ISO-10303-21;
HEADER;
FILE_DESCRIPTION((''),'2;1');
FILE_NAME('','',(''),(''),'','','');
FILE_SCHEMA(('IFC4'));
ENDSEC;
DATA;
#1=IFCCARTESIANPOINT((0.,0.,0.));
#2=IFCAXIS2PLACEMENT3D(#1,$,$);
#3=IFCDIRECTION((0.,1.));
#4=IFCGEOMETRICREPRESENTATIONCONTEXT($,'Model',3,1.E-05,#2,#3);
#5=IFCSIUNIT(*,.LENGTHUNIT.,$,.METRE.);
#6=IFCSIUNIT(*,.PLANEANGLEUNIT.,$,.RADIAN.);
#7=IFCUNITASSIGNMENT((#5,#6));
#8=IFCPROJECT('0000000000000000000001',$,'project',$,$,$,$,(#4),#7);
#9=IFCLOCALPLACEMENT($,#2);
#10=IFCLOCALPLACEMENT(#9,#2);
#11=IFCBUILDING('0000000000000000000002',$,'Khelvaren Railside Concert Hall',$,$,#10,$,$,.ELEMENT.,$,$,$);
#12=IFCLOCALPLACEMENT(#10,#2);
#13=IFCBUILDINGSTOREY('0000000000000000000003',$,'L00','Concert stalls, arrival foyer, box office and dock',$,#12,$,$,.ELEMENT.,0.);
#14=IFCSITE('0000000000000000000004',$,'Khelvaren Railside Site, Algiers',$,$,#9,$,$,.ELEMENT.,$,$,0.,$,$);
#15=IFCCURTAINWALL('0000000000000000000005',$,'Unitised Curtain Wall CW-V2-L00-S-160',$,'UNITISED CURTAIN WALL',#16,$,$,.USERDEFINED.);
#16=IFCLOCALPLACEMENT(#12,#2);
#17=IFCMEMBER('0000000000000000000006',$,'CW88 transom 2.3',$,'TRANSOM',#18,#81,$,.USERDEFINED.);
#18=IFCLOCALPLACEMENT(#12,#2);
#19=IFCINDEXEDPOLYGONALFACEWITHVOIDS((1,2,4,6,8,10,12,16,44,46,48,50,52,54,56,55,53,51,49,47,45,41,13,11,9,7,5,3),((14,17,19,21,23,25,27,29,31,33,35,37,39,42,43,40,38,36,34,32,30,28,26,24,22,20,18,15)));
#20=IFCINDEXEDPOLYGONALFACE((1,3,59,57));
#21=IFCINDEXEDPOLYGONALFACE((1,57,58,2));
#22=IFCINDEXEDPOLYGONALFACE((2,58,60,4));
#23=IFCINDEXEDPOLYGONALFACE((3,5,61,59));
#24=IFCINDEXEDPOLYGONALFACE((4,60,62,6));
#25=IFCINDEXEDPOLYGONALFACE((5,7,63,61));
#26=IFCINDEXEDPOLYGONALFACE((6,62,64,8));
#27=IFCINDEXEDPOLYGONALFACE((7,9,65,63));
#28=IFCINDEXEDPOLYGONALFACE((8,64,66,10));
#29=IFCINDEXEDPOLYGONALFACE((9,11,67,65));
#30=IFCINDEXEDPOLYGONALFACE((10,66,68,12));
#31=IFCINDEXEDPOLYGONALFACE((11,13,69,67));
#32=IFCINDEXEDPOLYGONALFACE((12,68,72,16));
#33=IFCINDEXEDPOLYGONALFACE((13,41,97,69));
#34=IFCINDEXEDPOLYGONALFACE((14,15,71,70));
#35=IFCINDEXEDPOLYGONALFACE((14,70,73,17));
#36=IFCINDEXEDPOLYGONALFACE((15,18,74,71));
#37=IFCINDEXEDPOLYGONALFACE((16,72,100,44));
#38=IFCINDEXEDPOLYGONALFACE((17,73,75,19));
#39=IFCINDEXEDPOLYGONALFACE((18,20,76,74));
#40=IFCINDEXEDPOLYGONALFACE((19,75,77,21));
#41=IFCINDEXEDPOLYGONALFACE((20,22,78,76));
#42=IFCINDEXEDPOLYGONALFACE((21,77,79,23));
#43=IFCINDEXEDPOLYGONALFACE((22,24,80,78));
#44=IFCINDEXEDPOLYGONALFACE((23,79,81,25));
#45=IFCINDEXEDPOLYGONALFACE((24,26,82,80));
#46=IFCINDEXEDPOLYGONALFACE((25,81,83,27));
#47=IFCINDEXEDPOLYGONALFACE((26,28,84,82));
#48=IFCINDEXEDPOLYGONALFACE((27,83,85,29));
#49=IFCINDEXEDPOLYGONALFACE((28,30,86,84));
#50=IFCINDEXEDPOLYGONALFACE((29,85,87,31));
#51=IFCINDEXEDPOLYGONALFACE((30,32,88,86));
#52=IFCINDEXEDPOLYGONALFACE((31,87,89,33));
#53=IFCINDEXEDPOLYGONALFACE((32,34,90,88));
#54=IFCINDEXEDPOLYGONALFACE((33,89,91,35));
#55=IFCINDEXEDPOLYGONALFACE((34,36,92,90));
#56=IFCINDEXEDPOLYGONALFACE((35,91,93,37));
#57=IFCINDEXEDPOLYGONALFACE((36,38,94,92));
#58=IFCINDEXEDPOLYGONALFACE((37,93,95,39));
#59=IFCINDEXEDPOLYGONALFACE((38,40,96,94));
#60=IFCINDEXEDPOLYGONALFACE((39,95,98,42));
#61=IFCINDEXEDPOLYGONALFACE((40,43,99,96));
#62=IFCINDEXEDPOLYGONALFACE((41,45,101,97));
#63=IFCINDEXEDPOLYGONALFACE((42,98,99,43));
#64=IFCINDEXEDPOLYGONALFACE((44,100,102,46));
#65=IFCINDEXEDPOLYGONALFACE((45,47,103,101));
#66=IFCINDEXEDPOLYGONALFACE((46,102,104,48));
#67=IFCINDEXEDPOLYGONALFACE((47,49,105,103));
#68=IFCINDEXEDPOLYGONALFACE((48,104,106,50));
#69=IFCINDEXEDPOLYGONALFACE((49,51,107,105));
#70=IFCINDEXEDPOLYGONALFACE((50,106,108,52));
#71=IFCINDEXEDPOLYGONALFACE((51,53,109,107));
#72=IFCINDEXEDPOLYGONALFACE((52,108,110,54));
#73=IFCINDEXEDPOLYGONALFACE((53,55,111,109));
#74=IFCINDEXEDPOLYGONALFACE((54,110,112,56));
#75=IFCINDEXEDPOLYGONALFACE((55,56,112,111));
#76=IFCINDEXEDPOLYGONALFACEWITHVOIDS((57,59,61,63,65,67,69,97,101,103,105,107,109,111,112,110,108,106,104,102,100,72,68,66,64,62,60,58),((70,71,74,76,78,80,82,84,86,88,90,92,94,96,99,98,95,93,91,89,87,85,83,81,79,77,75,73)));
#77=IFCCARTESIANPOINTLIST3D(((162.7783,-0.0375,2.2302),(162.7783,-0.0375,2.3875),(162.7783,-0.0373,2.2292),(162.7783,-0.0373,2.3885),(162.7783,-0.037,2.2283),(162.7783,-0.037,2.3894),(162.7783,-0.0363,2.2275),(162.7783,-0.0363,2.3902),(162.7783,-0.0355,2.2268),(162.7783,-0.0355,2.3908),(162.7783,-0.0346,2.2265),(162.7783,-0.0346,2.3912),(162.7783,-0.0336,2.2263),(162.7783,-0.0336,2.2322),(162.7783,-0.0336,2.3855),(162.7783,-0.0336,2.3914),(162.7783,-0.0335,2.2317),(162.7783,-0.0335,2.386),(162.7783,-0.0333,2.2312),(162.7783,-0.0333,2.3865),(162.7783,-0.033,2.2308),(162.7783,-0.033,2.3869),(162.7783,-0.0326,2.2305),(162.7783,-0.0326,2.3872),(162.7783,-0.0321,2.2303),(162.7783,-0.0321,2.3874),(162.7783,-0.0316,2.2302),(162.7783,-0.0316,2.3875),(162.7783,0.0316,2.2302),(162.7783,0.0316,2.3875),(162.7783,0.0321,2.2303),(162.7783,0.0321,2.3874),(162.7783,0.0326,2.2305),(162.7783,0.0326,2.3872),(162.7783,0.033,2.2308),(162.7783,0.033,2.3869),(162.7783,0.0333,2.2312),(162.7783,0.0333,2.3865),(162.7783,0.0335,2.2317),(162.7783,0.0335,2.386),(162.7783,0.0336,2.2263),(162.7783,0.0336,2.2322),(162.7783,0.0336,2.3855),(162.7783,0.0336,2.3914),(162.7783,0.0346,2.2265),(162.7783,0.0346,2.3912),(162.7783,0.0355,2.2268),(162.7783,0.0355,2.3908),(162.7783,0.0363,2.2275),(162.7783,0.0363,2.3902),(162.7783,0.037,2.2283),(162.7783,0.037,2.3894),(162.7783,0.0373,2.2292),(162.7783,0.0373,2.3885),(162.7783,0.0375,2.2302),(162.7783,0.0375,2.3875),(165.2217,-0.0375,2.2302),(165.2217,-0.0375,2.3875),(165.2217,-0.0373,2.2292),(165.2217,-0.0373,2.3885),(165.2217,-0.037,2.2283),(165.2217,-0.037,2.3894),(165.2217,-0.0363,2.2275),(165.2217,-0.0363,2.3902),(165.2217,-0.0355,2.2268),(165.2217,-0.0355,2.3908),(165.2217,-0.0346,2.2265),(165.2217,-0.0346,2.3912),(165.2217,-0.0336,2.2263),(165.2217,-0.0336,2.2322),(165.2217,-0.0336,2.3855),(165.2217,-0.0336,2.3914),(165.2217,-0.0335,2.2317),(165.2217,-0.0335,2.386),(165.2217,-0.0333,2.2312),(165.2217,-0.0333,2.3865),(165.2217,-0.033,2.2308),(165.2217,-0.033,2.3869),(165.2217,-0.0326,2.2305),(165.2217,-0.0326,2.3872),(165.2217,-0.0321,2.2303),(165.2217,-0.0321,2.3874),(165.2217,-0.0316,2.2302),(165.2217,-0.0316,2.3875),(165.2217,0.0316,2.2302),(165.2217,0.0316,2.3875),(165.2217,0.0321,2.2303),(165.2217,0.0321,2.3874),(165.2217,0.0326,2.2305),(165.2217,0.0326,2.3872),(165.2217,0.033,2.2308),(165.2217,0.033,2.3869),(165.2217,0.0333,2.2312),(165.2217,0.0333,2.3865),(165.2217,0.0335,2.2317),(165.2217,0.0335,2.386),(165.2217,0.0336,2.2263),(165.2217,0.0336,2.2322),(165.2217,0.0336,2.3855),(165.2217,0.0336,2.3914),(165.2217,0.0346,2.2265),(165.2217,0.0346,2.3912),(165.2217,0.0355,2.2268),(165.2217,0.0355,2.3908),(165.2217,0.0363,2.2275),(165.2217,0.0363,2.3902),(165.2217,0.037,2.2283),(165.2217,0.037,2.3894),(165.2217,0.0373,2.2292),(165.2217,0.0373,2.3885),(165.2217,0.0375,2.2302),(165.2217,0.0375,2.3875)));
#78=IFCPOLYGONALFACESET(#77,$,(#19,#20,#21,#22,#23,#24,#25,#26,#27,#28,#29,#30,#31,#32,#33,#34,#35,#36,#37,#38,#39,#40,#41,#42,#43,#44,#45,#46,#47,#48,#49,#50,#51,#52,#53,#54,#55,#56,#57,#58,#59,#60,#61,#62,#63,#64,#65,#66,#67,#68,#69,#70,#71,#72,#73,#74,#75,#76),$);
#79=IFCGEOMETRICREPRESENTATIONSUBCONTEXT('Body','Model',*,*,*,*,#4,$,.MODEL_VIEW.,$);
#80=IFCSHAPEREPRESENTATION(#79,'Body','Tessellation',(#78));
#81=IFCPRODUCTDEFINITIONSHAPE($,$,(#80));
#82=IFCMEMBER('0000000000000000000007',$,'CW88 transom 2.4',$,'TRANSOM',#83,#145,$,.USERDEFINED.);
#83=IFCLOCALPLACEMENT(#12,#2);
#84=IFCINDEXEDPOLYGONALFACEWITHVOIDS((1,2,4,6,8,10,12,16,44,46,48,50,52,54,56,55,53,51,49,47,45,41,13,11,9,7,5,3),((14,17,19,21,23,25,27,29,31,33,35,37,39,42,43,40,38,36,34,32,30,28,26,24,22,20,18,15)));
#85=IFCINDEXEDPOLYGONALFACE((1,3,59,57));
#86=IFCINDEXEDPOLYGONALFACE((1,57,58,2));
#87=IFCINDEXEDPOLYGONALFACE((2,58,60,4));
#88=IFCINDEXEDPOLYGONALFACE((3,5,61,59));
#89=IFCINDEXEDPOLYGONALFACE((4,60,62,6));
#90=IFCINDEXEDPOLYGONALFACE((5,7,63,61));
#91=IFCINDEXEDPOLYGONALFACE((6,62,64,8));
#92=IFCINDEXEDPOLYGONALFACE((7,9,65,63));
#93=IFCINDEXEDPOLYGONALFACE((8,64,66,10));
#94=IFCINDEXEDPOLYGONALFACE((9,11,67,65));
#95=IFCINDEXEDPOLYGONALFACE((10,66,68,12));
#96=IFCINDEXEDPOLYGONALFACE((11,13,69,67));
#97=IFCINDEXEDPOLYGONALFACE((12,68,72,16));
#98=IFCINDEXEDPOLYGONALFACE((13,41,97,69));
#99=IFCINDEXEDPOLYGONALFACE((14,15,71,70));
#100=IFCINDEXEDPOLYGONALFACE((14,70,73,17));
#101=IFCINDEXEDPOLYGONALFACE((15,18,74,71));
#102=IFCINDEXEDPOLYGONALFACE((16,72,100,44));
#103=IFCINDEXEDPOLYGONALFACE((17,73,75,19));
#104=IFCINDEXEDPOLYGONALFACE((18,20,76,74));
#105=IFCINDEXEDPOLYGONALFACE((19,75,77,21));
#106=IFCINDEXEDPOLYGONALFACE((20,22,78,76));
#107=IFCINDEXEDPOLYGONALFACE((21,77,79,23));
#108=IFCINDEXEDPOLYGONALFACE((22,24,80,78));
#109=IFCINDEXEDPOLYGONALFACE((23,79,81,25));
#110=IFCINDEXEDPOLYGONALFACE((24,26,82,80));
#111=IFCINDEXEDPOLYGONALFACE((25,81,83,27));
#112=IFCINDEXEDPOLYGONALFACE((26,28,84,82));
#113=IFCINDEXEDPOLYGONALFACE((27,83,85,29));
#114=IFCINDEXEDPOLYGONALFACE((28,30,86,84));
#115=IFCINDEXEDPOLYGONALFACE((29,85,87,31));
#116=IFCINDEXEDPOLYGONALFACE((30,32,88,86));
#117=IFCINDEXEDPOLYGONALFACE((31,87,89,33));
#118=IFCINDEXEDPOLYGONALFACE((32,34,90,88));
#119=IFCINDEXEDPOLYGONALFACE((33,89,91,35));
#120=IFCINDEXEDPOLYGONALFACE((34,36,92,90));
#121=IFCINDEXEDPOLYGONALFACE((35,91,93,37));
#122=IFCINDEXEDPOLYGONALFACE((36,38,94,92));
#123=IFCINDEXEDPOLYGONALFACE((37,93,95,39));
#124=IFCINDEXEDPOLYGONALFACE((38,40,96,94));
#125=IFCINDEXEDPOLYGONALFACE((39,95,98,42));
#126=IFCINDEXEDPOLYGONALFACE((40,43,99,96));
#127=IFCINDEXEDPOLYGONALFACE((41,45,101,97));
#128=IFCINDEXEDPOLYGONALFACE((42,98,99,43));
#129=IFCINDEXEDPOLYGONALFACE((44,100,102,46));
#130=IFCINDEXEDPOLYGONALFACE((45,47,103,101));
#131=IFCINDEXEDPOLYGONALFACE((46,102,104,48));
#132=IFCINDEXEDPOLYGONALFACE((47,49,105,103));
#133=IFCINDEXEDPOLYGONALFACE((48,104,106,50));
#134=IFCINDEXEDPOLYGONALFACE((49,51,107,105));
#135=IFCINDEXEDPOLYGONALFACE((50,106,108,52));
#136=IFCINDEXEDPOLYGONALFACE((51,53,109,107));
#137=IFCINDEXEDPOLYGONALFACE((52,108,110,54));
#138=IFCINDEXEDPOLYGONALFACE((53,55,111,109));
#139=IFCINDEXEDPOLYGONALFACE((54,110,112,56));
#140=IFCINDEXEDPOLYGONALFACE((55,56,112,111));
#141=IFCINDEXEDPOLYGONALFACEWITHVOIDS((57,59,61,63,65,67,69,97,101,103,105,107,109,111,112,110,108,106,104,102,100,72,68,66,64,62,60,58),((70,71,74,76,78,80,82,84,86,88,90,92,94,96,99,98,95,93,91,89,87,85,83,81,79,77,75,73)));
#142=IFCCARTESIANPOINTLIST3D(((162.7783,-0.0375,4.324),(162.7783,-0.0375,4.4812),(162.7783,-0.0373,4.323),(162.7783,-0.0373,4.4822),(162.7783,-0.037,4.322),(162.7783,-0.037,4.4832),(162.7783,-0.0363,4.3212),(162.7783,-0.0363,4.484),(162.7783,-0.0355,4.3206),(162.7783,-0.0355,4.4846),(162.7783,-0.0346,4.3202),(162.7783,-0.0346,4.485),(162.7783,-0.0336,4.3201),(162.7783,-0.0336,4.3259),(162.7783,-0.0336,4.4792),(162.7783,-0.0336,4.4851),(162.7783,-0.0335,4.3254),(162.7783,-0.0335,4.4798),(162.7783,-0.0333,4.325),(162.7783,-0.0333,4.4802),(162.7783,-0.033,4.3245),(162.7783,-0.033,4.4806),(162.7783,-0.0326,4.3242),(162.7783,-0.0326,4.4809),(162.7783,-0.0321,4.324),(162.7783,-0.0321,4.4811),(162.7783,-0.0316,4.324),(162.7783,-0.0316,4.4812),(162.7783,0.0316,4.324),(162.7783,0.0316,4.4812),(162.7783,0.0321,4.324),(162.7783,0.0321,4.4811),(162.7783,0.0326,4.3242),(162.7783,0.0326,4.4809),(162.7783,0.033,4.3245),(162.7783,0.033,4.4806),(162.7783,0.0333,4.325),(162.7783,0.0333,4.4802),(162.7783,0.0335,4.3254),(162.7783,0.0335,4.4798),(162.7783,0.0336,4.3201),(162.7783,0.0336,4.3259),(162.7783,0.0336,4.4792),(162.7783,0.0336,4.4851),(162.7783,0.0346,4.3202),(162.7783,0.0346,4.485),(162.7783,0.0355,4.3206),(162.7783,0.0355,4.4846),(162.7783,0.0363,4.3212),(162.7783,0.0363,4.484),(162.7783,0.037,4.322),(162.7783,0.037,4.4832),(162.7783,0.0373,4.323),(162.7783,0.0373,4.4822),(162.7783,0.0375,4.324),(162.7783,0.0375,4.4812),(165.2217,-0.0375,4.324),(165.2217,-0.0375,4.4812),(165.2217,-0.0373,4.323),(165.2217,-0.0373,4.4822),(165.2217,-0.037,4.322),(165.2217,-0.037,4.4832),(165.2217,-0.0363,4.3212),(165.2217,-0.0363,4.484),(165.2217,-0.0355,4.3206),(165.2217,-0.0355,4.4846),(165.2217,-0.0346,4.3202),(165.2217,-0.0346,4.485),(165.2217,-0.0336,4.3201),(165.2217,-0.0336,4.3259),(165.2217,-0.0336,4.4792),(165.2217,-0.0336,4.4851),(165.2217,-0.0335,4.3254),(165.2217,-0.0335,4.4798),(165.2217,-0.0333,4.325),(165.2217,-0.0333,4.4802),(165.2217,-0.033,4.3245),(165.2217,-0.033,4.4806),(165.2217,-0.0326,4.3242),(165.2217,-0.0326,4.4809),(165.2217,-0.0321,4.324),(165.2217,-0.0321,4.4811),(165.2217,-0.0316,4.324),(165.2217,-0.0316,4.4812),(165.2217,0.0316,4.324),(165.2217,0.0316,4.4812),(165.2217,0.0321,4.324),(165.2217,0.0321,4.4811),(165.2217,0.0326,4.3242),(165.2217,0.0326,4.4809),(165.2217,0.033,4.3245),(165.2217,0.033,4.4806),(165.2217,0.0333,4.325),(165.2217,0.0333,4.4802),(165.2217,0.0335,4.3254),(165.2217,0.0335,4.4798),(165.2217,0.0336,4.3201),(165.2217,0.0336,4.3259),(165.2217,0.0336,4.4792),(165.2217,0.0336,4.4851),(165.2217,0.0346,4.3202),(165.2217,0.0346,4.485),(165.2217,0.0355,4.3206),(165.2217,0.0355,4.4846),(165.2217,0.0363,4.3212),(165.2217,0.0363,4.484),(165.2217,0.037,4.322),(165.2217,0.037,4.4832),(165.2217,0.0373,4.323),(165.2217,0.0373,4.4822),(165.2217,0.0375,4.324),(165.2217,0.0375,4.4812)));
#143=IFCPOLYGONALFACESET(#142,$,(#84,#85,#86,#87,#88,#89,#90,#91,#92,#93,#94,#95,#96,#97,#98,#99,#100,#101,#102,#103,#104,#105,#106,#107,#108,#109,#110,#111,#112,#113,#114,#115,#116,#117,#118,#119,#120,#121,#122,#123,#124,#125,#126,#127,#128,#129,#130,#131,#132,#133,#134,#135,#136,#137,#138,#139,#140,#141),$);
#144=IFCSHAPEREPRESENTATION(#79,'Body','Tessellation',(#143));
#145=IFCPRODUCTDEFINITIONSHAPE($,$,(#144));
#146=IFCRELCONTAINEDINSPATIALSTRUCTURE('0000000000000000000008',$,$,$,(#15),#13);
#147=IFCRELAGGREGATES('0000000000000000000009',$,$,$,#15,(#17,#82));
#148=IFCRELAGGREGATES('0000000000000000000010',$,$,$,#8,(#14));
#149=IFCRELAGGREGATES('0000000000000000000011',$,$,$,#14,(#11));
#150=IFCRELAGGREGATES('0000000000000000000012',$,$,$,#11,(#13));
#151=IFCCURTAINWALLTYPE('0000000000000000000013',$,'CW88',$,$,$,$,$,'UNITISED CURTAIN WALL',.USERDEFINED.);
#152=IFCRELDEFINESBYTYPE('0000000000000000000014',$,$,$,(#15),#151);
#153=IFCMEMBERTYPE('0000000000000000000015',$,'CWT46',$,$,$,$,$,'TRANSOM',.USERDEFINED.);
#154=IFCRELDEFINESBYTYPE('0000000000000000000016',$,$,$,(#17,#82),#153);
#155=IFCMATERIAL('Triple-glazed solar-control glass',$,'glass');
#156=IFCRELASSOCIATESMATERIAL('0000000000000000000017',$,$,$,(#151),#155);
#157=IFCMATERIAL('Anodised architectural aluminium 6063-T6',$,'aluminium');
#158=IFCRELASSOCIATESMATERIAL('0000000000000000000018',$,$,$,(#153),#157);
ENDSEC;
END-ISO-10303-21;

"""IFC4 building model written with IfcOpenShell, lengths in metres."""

from ifc_helpers import new_model, si_unit, direction, frame, origin, origin_2d, place, context, subcontext, project, spatial, hollow_rectangle, extrude, material, material_profile, profile_set, type_object, element, aggregate, save


model = new_model("IFC4")

# Units and contexts
model_context = context("Model", 3, precision=1e-05, world=origin(), true_north=direction((0.0, 1.0)))
body_context = subcontext(model_context, "Body", "Model", "MODEL_VIEW")
ifc_project = project(units=[si_unit("LENGTHUNIT", "METRE"), si_unit("PLANEANGLEUNIT", "RADIAN")], contexts=[model_context])

# Site, building, storey
site_placement = place(None, origin())
site = spatial("IfcSite", under=ifc_project, at=site_placement, Name="Khelvaren Railside Site, Algiers", CompositionType="ELEMENT", RefElevation=0.0)
building_placement = place(site_placement, origin())
building = spatial("IfcBuilding", under=site, at=building_placement, Name="Khelvaren Railside Concert Hall", CompositionType="ELEMENT")
storey_placement = place(building_placement, origin())
storey = spatial("IfcBuildingStorey", under=building, at=storey_placement, Name="L00", Description="Concert stalls, arrival foyer, box office and dock", CompositionType="ELEMENT", Elevation=0.0)

# Curtain wall, members
ifc_material_1 = material(Name="Triple-glazed solar-control glass", Category="glass")
curtain_wall_type = type_object("IfcCurtainWallType", Name="CW88", ElementType="UNITISED CURTAIN WALL", PredefinedType="USERDEFINED", material=ifc_material_1)
curtain_wall_placement = place(storey_placement, origin())
curtain_wall = element("IfcCurtainWall", 1, at=curtain_wall_placement, inside=storey, type_object=curtain_wall_type, Name="Unitised Curtain Wall CW-V2-L00-S-160", ObjectType="UNITISED CURTAIN WALL", PredefinedType="USERDEFINED")
ifc_material_2 = material(Name="Anodised architectural aluminium 6063-T6", Category="aluminium")
ifc_material_profile_1 = material_profile(ifc_material_2, hollow_rectangle(XDim=0.075, YDim=0.165, WallThickness=0.0039, InnerFilletRadius=0.002, OuterFilletRadius=0.0039, at=origin_2d()), Name="CWT 75x165x4")
ifc_profile_set_1 = profile_set([ifc_material_profile_1], Name="Anodised architectural aluminium 6063-T6")
member_type_1 = type_object("IfcMemberType", Name="CWT46", ElementType="TRANSOM", PredefinedType="USERDEFINED", material=ifc_profile_set_1)
member_1_placement = place(storey_placement, frame((165.2217, 0.0, 2.3088), z_axis=(-1.0, 0.0, 0.0), x_axis=(0.0, -1.0, 0.0)))
member_1 = element("IfcMember", 2, at=member_1_placement, type_object=member_type_1, Name="CW88 transom 2.3", ObjectType="TRANSOM", PredefinedType="USERDEFINED", context=body_context, shape_type="SweptSolid", body=[
    extrude(hollow_rectangle(XDim=0.075, YDim=0.165, WallThickness=0.0039, InnerFilletRadius=0.002, OuterFilletRadius=0.0039, at=origin_2d()), origin(), (0.0, 0.0, 1.0), 2.4434),
])
member_2_placement = place(storey_placement, frame((165.2217, 0.0, 4.4026), z_axis=(-1.0, 0.0, 0.0), x_axis=(0.0, -1.0, 0.0)))
member_2 = element("IfcMember", 3, at=member_2_placement, type_object=member_type_1, Name="CW88 transom 2.4", ObjectType="TRANSOM", PredefinedType="USERDEFINED", context=body_context, shape_type="SweptSolid", body=[
    extrude(hollow_rectangle(XDim=0.075, YDim=0.165, WallThickness=0.0039, InnerFilletRadius=0.002, OuterFilletRadius=0.0039, at=origin_2d()), origin(), (0.0, 0.0, 1.0), 2.4434),
])

aggregate(curtain_wall, [member_1, member_2])

save(model, "model.ifc")
